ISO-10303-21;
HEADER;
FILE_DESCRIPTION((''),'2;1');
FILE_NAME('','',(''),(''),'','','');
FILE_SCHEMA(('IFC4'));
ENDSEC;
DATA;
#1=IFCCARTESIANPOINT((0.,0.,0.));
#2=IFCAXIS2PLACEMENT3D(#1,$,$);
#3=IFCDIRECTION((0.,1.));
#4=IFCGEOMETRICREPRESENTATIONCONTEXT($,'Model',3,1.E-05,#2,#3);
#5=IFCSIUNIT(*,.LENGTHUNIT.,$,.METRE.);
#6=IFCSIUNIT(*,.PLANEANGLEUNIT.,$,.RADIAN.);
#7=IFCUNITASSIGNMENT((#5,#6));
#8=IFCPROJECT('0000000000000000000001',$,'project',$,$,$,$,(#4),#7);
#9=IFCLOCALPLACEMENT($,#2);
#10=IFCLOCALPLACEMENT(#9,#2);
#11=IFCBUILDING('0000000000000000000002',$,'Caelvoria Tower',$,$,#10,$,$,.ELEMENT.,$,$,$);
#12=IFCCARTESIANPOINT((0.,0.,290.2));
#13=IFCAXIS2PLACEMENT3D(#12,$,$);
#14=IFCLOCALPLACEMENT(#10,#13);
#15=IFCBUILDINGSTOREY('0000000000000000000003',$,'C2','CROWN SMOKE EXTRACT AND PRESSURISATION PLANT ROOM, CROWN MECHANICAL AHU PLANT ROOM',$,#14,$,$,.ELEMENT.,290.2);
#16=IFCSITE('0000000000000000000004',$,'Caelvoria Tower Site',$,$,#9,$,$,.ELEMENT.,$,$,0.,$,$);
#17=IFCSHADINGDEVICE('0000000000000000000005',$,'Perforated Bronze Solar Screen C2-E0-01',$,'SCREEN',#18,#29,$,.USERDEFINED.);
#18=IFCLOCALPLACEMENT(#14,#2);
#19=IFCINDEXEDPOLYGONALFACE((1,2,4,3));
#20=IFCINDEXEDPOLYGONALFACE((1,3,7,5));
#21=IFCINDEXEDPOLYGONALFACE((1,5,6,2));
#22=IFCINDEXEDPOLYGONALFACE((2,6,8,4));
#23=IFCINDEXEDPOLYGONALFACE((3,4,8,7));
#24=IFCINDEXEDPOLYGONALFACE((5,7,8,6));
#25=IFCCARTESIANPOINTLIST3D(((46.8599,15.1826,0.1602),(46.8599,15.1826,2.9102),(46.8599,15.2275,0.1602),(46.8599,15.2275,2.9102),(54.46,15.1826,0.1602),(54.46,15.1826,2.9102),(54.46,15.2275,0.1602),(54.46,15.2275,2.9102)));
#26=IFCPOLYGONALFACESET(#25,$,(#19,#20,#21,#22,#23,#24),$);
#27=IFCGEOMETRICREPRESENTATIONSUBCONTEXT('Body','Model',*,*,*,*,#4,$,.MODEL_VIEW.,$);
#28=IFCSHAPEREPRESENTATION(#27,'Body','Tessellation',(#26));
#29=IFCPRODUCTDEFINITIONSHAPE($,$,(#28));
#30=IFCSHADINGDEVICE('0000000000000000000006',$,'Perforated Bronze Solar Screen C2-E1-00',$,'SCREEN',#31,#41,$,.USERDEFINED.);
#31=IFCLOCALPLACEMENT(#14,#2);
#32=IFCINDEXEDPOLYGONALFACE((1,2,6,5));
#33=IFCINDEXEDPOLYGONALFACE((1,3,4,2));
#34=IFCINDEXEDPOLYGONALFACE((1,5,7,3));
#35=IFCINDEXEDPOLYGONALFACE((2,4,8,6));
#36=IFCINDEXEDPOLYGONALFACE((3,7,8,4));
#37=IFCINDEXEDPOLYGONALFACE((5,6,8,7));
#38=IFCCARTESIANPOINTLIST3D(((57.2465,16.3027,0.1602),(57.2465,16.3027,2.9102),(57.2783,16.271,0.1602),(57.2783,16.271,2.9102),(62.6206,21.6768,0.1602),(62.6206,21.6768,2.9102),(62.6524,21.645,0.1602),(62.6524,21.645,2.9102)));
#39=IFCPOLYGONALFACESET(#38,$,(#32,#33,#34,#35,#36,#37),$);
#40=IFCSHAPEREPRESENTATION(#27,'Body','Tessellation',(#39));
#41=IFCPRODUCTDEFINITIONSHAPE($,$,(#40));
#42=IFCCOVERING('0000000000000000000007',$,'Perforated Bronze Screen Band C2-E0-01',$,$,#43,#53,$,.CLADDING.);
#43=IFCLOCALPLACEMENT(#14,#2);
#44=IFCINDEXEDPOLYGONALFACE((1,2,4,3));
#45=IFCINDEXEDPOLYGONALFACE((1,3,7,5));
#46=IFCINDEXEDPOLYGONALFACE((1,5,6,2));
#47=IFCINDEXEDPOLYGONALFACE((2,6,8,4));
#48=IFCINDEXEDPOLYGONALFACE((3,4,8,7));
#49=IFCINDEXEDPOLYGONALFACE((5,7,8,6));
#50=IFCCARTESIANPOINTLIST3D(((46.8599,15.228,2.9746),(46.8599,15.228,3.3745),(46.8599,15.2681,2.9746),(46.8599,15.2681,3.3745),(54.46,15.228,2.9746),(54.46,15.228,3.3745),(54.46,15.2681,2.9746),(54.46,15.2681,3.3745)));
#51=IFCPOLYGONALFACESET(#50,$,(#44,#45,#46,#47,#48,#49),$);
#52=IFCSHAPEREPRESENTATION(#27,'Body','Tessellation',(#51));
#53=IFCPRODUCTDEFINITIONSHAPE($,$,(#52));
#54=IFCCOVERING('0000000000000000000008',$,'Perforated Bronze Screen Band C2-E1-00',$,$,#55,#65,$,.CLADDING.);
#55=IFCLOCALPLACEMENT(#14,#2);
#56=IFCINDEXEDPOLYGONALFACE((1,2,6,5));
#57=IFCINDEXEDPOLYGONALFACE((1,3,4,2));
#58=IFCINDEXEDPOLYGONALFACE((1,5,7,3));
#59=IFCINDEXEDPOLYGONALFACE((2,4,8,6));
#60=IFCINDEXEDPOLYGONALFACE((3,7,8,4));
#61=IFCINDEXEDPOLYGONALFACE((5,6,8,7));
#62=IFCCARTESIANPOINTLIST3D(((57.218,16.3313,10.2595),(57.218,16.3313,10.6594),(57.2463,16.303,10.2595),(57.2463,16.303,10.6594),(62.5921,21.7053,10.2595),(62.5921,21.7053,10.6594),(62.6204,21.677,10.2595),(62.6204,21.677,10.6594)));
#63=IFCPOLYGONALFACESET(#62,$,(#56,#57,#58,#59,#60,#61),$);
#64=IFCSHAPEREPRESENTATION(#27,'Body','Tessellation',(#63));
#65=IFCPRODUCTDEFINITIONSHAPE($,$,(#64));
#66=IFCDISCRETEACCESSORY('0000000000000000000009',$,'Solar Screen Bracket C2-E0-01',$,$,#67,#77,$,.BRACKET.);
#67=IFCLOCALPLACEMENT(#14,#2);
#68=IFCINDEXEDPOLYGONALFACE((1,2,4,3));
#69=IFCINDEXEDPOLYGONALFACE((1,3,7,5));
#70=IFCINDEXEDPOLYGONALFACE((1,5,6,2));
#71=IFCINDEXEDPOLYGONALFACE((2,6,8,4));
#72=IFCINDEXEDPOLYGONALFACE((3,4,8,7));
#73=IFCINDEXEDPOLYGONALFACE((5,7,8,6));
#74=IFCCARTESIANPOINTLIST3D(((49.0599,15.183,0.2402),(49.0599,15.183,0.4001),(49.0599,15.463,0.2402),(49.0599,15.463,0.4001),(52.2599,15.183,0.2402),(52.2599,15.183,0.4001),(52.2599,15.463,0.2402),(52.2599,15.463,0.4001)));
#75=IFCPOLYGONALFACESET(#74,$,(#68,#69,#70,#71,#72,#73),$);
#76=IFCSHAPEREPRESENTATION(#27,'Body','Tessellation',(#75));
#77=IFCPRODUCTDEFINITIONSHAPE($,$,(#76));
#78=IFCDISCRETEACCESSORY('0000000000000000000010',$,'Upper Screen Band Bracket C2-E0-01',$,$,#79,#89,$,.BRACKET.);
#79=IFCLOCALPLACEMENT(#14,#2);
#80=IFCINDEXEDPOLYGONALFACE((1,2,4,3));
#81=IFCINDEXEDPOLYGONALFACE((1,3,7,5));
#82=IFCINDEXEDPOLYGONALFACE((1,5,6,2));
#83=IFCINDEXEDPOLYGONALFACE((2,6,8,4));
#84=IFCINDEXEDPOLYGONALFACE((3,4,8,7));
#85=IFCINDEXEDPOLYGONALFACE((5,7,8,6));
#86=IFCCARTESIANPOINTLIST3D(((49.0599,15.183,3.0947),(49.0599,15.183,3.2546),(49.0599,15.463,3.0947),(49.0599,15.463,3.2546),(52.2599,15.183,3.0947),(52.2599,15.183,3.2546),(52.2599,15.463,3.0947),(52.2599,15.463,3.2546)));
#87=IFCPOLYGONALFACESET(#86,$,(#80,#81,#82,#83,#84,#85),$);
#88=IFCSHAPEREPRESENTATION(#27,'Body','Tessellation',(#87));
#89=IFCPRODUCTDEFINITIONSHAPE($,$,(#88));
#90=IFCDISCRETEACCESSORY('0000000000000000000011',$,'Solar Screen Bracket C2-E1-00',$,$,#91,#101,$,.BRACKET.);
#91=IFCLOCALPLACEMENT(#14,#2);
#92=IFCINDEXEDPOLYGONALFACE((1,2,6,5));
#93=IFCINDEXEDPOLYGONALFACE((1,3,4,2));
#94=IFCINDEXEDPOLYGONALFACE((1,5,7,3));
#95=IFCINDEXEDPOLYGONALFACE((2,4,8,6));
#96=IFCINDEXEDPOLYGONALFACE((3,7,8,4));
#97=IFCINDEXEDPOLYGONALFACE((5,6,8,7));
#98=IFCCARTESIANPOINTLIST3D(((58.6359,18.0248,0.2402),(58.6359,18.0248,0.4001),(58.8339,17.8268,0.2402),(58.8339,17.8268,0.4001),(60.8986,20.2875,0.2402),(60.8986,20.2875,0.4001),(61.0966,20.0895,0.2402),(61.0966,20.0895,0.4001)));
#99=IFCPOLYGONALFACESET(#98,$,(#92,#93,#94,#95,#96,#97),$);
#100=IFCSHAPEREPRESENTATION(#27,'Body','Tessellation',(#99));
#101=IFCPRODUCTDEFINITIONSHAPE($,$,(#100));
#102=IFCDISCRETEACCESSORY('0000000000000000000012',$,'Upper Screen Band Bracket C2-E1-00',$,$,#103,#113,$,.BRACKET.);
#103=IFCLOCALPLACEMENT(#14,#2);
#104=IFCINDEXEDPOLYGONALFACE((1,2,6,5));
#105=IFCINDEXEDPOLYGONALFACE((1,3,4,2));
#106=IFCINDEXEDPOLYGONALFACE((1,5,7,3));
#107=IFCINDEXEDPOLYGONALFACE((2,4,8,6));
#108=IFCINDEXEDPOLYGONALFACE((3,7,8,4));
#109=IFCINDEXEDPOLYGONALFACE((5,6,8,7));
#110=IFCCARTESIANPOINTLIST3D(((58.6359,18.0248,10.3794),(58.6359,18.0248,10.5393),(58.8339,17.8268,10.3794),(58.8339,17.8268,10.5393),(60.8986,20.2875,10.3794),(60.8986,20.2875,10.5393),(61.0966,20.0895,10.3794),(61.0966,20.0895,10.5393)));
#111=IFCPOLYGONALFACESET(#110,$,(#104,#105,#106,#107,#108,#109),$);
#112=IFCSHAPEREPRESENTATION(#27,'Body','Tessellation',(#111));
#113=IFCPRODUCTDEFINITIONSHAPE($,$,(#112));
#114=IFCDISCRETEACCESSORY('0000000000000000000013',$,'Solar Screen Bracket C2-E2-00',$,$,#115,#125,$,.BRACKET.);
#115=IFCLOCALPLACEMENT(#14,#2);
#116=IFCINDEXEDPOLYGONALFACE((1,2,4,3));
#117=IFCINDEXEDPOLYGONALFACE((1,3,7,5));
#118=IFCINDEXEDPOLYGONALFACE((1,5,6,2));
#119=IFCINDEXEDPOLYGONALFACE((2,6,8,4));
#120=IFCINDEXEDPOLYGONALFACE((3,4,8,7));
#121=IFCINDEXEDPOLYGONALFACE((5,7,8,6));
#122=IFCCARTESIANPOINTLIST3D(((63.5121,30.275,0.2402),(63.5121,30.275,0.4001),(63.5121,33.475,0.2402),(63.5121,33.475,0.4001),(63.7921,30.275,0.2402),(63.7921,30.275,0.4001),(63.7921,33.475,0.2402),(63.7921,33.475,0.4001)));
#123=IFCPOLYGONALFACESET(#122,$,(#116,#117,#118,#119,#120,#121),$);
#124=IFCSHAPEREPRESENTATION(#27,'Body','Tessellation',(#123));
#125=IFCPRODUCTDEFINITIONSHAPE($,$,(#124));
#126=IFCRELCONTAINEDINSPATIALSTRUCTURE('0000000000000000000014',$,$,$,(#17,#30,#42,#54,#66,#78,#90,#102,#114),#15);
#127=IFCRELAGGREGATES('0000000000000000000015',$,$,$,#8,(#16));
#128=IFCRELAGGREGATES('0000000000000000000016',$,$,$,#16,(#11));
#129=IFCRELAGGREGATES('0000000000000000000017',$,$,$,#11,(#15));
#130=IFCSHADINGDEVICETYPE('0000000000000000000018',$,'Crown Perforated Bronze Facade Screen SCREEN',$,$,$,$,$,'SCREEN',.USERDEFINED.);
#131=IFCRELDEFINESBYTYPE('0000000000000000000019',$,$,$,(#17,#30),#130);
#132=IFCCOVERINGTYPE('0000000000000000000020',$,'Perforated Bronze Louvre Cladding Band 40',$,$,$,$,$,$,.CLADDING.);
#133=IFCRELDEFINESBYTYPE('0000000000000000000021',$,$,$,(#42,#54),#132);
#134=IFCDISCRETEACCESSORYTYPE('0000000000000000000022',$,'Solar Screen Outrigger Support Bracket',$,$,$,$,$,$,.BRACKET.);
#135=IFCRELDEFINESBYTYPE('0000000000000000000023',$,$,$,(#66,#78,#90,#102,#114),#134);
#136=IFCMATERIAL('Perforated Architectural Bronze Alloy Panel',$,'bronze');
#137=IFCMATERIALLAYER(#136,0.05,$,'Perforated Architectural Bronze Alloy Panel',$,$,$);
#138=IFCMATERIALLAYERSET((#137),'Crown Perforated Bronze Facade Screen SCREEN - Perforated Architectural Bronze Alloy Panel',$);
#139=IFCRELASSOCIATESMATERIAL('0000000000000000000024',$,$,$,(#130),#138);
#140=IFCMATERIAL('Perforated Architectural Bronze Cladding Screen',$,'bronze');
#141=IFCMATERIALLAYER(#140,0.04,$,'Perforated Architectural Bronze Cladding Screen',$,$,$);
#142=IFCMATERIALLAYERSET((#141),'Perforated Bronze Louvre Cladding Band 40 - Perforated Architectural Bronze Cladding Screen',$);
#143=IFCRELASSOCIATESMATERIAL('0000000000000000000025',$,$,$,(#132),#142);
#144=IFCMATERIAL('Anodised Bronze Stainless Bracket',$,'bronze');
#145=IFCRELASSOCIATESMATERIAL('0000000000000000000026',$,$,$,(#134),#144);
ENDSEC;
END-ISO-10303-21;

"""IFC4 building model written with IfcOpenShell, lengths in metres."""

from ifc_helpers import new_model, si_unit, direction, frame, origin, origin_2d, place, context, subcontext, project, spatial, rectangle, extrude, material, layer, layer_set, type_object, element, save


model = new_model("IFC4")

# Units and contexts
model_context = context("Model", 3, precision=1e-05, world=origin(), true_north=direction((0.0, 1.0)))
body_context = subcontext(model_context, "Body", "Model", "MODEL_VIEW")
ifc_project = project(units=[si_unit("LENGTHUNIT", "METRE"), si_unit("PLANEANGLEUNIT", "RADIAN")], contexts=[model_context])

# Site, building, storey
site_placement = place(None, origin())
site = spatial("IfcSite", under=ifc_project, at=site_placement, Name="Caelvoria Tower Site", CompositionType="ELEMENT", RefElevation=0.0)
building_placement = place(site_placement, origin())
building = spatial("IfcBuilding", under=site, at=building_placement, Name="Caelvoria Tower", CompositionType="ELEMENT")
storey_placement = place(building_placement, frame((0.0, 0.0, 290.2)))
storey = spatial("IfcBuildingStorey", under=building, at=storey_placement, Name="C2", Description="CROWN SMOKE EXTRACT AND PRESSURISATION PLANT ROOM, CROWN MECHANICAL AHU PLANT ROOM", CompositionType="ELEMENT", Elevation=290.2)

# Shading devices
ifc_material_1 = material(Name="Perforated Architectural Bronze Alloy Panel", Category="bronze")
ifc_layer_1 = layer(ifc_material_1, 0.05, Name="Perforated Architectural Bronze Alloy Panel")
ifc_layer_set_1 = layer_set([ifc_layer_1], Name="Crown Perforated Bronze Facade Screen SCREEN - Perforated Architectural Bronze Alloy Panel")
shading_device_type = type_object("IfcShadingDeviceType", Name="Crown Perforated Bronze Facade Screen SCREEN", ElementType="SCREEN", PredefinedType="USERDEFINED", material=ifc_layer_set_1)
for number, where, z_axis, x_axis, name in (
    (1, (50.6599, 15.2051, 0.1602), (0.0, 0.0, 1.0), (1.0, 0.0, 0.0), "Perforated Bronze Solar Screen C2-E0-01"),
    (2, (59.9495, 18.9739, 0.1602), (0.0, 0.0, 1.0), (0.707107, 0.707107, 0.0), "Perforated Bronze Solar Screen C2-E1-00"),
):
    element("IfcShadingDevice", number, at=place(storey_placement, frame(where, z_axis=z_axis, x_axis=x_axis)), inside=storey, type_object=shading_device_type, Name=name, ObjectType="SCREEN", PredefinedType="USERDEFINED", context=body_context, shape_type="SweptSolid", body=[
        extrude(rectangle(XDim=7.6001, YDim=0.0449, at=origin_2d()), origin(), (0.0, 0.0, 1.0), 2.75),
    ])

# Coverings
ifc_material_2 = material(Name="Perforated Architectural Bronze Cladding Screen", Category="bronze")
ifc_layer_2 = layer(ifc_material_2, 0.04, Name="Perforated Architectural Bronze Cladding Screen")
ifc_layer_set_2 = layer_set([ifc_layer_2], Name="Perforated Bronze Louvre Cladding Band 40 - Perforated Architectural Bronze Cladding Screen")
covering_type = type_object("IfcCoveringType", Name="Perforated Bronze Louvre Cladding Band 40", PredefinedType="CLADDING", material=ifc_layer_set_2)
for number, where, z_axis, x_axis, name in (
    (3, (50.6599, 15.248, 2.9746), (0.0, 0.0, 1.0), (1.0, 0.0, 0.0), "Perforated Bronze Screen Band C2-E0-01"),
    (4, (59.9192, 19.0042, 10.2595), (0.0, 0.0, 1.0), (0.707107, 0.707107, 0.0), "Perforated Bronze Screen Band C2-E1-00"),
):
    element("IfcCovering", number, at=place(storey_placement, frame(where, z_axis=z_axis, x_axis=x_axis)), inside=storey, type_object=covering_type, Name=name, PredefinedType="CLADDING", context=body_context, shape_type="SweptSolid", body=[
        extrude(rectangle(XDim=7.6001, YDim=0.04, at=origin_2d()), origin(), (0.0, 0.0, 1.0), 0.3999),
    ])

# Discrete accessories
ifc_material_3 = material(Name="Anodised Bronze Stainless Bracket", Category="bronze")
discrete_accessory_type = type_object("IfcDiscreteAccessoryType", Name="Solar Screen Outrigger Support Bracket", PredefinedType="BRACKET", material=ifc_material_3)
for number, where, z_axis, x_axis, name in (
    (5, (50.6599, 15.323, 0.2402), (0.0, 0.0, 1.0), (1.0, 0.0, 0.0), "Solar Screen Bracket C2-E0-01"),
    (6, (50.6599, 15.323, 3.0947), (0.0, 0.0, 1.0), (1.0, 0.0, 0.0), "Upper Screen Band Bracket C2-E0-01"),
    (7, (59.8662, 19.0571, 0.2402), (0.0, 0.0, 1.0), (0.707107, 0.707107, 0.0), "Solar Screen Bracket C2-E1-00"),
    (8, (59.8662, 19.0571, 10.3794), (0.0, 0.0, 1.0), (0.707107, 0.707107, 0.0), "Upper Screen Band Bracket C2-E1-00"),
    (9, (63.6521, 31.875, 0.2402), (0.0, 0.0, 1.0), (0.0, 1.0, 0.0), "Solar Screen Bracket C2-E2-00"),
):
    element("IfcDiscreteAccessory", number, at=place(storey_placement, frame(where, z_axis=z_axis, x_axis=x_axis)), inside=storey, type_object=discrete_accessory_type, Name=name, PredefinedType="BRACKET", context=body_context, shape_type="SweptSolid", body=[
        extrude(rectangle(XDim=3.2, YDim=0.28, at=origin_2d()), origin(), (0.0, 0.0, 1.0), 0.1599),
    ])

save(model, "model.ifc")
